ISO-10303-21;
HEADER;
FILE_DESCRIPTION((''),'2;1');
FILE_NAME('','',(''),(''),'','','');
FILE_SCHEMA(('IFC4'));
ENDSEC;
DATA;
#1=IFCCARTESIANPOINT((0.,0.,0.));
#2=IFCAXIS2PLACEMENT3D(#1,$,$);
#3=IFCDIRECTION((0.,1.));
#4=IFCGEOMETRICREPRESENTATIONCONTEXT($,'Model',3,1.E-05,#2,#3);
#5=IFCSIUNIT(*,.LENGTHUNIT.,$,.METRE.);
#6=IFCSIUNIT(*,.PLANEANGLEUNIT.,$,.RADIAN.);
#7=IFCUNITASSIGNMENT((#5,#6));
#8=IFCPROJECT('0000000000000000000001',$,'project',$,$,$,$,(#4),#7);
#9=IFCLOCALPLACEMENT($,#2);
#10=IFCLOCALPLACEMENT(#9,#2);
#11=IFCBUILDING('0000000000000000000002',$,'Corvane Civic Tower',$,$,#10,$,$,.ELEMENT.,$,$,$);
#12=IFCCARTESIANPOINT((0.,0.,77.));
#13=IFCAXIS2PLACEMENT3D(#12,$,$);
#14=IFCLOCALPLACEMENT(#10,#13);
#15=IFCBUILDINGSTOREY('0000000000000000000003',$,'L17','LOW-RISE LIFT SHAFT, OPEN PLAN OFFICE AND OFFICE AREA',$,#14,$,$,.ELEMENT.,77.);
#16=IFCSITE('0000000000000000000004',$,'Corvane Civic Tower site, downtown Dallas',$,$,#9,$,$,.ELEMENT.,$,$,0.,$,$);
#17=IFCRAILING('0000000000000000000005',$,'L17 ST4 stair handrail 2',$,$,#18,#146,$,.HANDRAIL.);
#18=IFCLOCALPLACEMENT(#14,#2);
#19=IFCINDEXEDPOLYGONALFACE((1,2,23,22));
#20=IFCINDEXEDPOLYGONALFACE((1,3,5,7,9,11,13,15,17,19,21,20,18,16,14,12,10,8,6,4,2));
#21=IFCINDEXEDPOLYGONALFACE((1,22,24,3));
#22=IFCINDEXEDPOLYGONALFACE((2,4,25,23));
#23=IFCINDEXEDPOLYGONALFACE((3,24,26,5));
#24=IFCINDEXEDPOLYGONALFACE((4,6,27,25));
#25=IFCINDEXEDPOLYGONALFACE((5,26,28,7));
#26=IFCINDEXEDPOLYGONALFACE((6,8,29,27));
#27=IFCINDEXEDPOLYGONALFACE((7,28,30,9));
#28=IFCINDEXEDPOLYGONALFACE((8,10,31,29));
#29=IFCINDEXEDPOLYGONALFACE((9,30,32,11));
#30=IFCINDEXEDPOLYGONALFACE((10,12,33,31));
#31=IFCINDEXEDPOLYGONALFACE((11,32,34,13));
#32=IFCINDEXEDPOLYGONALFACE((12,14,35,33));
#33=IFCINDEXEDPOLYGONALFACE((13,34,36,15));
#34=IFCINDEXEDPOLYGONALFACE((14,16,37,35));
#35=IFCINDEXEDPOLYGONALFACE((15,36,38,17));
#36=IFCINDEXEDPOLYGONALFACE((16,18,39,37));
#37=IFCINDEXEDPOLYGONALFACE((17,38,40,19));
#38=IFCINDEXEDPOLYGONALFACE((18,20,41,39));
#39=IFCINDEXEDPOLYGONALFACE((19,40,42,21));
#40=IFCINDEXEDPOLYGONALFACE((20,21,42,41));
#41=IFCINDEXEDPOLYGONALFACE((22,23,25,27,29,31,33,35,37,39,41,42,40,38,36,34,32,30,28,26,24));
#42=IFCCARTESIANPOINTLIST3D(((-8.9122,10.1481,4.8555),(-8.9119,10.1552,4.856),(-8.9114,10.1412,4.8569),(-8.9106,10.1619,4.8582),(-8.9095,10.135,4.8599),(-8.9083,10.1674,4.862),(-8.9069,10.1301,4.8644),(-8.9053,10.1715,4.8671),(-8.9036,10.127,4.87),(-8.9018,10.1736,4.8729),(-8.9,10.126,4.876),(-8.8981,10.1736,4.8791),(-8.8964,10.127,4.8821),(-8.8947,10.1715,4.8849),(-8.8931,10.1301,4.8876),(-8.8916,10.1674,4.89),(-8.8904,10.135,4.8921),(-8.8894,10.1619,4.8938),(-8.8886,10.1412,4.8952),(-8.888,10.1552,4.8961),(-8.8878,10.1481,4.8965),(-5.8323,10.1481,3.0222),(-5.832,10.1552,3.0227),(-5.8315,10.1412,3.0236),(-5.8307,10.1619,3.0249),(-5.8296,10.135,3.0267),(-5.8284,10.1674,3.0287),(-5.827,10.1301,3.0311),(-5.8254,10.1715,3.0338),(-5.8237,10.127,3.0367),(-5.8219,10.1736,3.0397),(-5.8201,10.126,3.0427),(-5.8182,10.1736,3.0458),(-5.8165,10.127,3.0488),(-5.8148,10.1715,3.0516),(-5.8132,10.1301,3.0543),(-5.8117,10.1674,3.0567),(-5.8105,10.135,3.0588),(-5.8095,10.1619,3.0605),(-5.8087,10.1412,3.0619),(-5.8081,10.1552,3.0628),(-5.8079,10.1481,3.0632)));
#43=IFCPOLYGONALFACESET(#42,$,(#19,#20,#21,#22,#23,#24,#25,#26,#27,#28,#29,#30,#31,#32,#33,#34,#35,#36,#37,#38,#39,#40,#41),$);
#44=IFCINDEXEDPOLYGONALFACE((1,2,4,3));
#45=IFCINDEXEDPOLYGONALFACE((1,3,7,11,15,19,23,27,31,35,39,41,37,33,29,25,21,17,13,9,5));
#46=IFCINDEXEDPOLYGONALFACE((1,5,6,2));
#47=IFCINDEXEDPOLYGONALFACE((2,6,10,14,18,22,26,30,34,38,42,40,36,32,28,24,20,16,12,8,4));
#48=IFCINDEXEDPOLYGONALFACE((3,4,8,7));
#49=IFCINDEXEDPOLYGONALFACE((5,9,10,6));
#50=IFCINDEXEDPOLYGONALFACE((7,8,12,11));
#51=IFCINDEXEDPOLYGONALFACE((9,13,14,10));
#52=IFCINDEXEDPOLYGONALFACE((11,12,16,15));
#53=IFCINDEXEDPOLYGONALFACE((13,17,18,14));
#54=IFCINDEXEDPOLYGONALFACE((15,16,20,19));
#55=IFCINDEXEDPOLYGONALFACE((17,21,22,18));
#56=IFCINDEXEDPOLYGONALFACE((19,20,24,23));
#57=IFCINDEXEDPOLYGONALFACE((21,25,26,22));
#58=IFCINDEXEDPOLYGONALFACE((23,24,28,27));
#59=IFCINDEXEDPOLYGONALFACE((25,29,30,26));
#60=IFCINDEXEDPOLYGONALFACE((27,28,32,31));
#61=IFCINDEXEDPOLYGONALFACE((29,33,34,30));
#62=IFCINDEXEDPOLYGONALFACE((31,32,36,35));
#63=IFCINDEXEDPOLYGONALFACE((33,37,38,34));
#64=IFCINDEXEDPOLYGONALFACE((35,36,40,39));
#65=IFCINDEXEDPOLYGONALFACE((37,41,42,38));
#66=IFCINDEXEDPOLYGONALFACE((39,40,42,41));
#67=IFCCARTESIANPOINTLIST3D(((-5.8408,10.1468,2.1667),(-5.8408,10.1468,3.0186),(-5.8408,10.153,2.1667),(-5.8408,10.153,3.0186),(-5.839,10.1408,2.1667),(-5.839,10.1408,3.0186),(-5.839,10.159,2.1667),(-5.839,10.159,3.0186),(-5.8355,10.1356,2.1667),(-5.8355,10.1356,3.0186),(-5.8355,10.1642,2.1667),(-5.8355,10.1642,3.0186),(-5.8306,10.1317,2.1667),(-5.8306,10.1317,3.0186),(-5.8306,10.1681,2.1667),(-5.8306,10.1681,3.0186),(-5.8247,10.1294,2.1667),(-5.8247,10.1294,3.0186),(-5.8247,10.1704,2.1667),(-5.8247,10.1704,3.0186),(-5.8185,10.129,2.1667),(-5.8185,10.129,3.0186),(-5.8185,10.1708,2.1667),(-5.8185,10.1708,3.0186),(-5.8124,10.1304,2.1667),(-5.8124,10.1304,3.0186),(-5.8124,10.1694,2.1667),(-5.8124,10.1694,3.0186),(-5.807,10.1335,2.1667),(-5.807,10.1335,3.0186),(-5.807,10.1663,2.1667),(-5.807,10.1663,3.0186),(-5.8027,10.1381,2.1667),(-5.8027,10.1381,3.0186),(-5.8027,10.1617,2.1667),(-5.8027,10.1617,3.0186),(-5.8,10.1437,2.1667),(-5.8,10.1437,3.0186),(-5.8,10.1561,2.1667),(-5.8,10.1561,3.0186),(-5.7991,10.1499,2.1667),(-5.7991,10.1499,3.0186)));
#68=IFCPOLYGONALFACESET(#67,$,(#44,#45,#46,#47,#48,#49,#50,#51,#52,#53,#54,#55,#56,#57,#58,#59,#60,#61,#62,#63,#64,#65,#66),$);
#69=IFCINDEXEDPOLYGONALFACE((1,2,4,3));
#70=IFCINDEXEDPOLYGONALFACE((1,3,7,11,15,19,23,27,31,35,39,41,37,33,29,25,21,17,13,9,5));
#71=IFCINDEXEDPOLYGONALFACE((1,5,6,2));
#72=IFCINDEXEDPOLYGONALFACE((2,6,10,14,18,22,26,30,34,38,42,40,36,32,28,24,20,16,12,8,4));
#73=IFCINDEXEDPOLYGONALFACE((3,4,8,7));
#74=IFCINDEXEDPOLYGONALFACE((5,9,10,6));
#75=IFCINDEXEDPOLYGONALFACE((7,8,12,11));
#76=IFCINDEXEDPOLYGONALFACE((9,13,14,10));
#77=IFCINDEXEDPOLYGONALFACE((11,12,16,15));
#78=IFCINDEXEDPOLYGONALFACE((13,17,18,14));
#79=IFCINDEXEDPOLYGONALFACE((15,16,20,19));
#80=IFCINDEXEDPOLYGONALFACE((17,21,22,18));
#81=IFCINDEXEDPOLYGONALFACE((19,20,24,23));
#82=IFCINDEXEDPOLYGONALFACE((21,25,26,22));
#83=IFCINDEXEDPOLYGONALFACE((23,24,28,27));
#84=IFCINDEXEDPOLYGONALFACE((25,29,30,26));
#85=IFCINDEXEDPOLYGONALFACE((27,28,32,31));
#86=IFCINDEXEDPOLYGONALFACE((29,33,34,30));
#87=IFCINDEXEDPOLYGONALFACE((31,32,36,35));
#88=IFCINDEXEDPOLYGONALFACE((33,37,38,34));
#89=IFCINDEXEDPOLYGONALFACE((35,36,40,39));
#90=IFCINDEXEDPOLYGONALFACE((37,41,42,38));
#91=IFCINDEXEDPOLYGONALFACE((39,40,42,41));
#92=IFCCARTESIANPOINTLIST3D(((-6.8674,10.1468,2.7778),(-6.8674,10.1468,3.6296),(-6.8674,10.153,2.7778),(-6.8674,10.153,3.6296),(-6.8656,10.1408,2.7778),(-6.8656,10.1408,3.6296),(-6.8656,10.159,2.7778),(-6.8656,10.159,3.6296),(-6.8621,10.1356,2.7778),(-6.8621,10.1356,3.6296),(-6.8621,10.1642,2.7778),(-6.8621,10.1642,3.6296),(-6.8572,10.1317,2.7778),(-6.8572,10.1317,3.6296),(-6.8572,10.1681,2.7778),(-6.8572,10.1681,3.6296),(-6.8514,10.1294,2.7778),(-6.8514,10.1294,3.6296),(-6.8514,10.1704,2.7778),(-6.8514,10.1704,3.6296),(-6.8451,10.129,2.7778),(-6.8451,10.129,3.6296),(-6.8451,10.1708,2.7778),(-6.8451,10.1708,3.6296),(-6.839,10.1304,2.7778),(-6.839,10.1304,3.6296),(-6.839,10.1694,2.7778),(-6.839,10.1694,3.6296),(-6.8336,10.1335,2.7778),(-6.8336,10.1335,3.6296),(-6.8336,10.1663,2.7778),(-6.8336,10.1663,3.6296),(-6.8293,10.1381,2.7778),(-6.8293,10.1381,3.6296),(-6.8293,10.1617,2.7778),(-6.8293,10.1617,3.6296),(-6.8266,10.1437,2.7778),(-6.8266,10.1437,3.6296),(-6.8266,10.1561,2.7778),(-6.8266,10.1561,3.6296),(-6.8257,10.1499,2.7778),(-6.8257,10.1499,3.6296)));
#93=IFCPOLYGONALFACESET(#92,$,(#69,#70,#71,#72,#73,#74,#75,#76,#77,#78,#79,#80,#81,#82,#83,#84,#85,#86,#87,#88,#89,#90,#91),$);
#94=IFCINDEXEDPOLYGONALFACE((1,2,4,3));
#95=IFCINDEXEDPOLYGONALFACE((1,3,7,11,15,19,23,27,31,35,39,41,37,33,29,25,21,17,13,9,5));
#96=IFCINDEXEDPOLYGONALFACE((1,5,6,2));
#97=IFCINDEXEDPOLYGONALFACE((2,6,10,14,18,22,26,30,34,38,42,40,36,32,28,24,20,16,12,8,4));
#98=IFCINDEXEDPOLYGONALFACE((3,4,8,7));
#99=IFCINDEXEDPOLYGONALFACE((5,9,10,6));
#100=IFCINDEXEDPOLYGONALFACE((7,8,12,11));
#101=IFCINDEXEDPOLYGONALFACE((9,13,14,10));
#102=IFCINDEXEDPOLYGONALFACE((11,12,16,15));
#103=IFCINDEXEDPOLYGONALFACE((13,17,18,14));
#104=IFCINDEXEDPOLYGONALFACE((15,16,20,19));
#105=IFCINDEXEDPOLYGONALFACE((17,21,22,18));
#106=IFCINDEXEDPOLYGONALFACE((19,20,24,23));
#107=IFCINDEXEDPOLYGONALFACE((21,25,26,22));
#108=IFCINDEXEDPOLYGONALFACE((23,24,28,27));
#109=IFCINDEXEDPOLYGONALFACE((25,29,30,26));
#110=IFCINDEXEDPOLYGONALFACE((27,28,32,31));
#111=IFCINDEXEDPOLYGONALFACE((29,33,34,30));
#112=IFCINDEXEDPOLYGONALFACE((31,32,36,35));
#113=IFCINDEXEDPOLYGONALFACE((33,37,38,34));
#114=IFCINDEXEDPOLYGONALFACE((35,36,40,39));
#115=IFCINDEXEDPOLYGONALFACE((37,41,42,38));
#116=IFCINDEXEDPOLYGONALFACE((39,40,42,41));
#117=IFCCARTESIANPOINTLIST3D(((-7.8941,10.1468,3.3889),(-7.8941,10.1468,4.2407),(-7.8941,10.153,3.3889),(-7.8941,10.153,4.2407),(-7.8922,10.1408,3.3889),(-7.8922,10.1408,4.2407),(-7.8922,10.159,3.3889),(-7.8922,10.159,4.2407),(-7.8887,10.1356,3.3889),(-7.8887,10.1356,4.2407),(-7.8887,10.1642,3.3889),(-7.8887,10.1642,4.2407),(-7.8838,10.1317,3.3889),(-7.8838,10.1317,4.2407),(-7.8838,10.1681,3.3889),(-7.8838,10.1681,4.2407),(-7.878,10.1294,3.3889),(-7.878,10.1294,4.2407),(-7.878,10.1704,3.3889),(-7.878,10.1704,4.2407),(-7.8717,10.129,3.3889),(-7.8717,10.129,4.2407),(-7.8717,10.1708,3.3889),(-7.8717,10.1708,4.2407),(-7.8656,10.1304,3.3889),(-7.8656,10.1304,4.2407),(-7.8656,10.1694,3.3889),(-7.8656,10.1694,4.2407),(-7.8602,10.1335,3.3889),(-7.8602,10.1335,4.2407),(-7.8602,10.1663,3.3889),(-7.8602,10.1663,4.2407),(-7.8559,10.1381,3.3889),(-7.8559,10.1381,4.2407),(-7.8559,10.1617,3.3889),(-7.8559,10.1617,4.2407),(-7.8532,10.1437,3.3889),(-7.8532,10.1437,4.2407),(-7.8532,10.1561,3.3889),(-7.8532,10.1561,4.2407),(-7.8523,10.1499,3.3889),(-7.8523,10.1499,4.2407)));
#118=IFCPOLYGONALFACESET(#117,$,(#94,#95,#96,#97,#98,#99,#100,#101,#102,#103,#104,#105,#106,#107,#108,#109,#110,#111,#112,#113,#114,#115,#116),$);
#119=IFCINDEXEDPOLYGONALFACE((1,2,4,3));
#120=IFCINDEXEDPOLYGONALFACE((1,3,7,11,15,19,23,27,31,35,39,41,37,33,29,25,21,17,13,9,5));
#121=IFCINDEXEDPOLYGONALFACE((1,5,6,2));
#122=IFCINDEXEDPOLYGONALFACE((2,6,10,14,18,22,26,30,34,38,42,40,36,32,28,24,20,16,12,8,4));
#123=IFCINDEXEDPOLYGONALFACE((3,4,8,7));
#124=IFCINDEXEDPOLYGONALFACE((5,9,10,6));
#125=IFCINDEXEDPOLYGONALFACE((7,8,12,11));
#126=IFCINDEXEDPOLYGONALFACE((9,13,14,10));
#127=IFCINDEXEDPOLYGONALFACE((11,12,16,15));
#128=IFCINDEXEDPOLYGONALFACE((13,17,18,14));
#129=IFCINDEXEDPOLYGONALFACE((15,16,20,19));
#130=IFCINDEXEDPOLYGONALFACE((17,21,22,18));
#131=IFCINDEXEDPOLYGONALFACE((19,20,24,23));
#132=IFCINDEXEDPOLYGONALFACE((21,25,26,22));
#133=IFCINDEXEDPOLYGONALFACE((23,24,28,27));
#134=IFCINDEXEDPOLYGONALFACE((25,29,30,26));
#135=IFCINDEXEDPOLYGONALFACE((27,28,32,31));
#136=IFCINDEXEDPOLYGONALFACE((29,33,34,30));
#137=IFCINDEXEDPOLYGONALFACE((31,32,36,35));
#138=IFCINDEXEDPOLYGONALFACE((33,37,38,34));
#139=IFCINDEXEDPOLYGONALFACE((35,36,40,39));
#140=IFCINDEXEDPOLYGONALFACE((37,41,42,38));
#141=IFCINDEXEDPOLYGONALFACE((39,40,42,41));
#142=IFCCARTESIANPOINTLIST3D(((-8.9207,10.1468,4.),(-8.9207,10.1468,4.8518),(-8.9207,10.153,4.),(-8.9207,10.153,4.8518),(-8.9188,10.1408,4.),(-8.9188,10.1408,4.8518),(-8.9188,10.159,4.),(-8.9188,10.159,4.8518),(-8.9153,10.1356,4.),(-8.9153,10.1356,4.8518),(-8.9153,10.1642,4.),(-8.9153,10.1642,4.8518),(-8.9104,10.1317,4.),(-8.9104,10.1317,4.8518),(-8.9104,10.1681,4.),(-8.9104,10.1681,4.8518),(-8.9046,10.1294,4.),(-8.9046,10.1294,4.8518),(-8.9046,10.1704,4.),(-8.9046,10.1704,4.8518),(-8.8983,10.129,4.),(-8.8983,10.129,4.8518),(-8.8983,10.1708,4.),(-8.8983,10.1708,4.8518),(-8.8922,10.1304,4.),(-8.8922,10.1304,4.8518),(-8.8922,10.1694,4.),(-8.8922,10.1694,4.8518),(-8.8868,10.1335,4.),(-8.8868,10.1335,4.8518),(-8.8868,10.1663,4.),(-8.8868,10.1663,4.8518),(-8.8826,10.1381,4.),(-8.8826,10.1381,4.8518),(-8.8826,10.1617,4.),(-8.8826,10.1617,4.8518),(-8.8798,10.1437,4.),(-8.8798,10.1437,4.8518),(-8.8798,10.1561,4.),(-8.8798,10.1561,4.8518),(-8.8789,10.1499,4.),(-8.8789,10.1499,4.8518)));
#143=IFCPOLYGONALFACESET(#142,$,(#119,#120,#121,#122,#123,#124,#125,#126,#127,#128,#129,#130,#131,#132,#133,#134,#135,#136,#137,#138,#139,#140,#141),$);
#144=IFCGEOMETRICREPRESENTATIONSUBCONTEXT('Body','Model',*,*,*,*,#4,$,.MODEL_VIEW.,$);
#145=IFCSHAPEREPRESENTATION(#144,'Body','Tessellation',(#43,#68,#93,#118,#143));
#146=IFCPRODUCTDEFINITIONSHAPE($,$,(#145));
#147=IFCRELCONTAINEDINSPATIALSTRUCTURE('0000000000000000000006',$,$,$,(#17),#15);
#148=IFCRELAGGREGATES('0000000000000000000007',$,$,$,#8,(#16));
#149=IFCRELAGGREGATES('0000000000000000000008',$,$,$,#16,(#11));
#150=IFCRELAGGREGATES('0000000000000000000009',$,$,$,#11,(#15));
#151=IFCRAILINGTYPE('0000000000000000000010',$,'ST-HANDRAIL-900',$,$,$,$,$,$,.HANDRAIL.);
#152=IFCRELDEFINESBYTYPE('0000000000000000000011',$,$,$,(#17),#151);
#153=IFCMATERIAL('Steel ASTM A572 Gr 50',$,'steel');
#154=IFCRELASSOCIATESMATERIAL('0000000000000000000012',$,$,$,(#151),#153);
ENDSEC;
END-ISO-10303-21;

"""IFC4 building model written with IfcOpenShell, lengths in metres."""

from ifc_helpers import new_model, si_unit, direction, frame, origin, origin_2d, place, context, subcontext, project, spatial, circle, extrude, material, type_object, element, save


model = new_model("IFC4")

# Units and contexts
model_context = context("Model", 3, precision=1e-05, world=origin(), true_north=direction((0.0, 1.0)))
body_context = subcontext(model_context, "Body", "Model", "MODEL_VIEW")
ifc_project = project(units=[si_unit("LENGTHUNIT", "METRE"), si_unit("PLANEANGLEUNIT", "RADIAN")], contexts=[model_context])

# Site, building, storey
site_placement = place(None, origin())
site = spatial("IfcSite", under=ifc_project, at=site_placement, Name="Corvane Civic Tower site, downtown Dallas", CompositionType="ELEMENT", RefElevation=0.0)
building_placement = place(site_placement, origin())
building = spatial("IfcBuilding", under=site, at=building_placement, Name="Corvane Civic Tower", CompositionType="ELEMENT")
storey_placement = place(building_placement, frame((0.0, 0.0, 77.0)))
storey = spatial("IfcBuildingStorey", under=building, at=storey_placement, Name="L17", Description="LOW-RISE LIFT SHAFT, OPEN PLAN OFFICE AND OFFICE AREA", CompositionType="ELEMENT", Elevation=77.0)

# Railing
ifc_material_1 = material(Name="Steel ASTM A572 Gr 50", Category="steel")
railing_type_1 = type_object("IfcRailingType", Name="ST-HANDRAIL-900", PredefinedType="HANDRAIL", material=ifc_material_1)
railing_1_placement = place(storey_placement, frame((-5.8201, 10.1499, 2.1667)))
element("IfcRailing", 1, at=railing_1_placement, inside=storey, type_object=railing_type_1, Name="L17 ST4 stair handrail 2", PredefinedType="HANDRAIL", context=body_context, shape_type="SweptSolid", body=[
    extrude(circle(Radius=0.0239, at=origin_2d()), frame((0.0, 0.0, 0.876), z_axis=(-0.859291, 0.0, 0.511487), x_axis=(0.0, -1.0, 0.0)), (0.0, 0.0, 1.0), 3.5842),
    extrude(circle(Radius=0.021, at=origin_2d()), origin(), (0.0, 0.0, 1.0), 0.8518),
    extrude(circle(Radius=0.021, at=origin_2d()), frame((-1.0266, 0.0, 0.6111)), (0.0, 0.0, 1.0), 0.8518),
    extrude(circle(Radius=0.021, at=origin_2d()), frame((-2.0532, 0.0, 1.2222)), (0.0, 0.0, 1.0), 0.8518),
    extrude(circle(Radius=0.021, at=origin_2d()), frame((-3.0798, 0.0, 1.8333)), (0.0, 0.0, 1.0), 0.8518),
])

save(model, "model.ifc")
